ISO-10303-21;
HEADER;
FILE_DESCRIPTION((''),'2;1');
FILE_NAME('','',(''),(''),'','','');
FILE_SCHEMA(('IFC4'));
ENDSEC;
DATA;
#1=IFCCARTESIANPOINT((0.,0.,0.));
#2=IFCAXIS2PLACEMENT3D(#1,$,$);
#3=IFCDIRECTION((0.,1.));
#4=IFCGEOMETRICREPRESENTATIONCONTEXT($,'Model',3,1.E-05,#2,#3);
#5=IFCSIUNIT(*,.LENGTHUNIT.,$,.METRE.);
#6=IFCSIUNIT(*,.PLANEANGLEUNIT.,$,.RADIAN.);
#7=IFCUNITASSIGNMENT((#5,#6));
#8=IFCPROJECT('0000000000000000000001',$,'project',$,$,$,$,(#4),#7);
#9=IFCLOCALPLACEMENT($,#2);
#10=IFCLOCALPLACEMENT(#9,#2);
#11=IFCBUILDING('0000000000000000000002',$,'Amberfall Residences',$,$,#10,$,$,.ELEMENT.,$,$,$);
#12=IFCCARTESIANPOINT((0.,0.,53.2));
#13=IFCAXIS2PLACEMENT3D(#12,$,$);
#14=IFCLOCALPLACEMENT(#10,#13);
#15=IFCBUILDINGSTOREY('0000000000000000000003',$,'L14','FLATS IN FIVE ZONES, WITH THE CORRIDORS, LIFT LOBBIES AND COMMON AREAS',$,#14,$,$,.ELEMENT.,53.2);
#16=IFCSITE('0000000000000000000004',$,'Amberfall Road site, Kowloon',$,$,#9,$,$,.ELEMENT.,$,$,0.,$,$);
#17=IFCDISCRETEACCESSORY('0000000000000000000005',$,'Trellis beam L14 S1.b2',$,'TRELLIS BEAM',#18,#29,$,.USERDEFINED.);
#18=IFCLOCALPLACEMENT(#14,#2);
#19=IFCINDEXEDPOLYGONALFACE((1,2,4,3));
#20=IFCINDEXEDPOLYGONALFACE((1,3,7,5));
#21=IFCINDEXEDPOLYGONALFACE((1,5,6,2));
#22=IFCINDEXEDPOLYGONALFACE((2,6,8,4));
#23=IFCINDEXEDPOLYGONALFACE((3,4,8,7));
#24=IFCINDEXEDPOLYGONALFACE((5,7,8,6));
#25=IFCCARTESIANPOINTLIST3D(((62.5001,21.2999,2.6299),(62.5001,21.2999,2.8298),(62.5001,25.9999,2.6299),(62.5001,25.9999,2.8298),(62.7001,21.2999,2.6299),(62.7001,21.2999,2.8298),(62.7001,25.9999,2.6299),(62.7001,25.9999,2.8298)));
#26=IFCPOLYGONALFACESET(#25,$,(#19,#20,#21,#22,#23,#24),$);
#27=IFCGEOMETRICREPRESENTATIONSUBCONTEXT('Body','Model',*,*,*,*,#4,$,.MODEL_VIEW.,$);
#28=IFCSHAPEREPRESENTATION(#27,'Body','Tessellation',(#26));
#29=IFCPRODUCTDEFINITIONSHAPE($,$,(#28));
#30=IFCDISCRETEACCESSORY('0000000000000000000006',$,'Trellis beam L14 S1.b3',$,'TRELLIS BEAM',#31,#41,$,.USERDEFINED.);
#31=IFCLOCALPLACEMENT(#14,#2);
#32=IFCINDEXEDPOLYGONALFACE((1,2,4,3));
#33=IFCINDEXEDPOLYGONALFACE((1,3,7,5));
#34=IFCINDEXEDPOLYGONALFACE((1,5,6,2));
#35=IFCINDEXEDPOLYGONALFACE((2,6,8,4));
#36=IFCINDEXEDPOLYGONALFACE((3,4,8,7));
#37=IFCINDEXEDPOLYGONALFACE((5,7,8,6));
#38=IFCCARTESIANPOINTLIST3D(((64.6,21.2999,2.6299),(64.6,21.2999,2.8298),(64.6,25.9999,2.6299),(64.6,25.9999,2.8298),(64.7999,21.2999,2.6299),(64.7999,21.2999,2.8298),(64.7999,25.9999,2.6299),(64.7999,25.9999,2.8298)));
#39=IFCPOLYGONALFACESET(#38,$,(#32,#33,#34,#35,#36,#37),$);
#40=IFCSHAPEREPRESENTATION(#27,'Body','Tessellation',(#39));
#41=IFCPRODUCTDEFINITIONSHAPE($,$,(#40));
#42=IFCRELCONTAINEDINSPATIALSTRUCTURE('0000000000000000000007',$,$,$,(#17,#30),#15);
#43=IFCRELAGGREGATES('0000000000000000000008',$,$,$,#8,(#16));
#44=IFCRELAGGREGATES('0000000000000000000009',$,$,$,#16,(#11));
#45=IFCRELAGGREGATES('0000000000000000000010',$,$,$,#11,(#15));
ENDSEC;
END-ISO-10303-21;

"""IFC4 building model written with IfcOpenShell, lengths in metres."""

from ifc_helpers import new_model, si_unit, direction, frame, origin, origin_2d, place, context, subcontext, project, spatial, rectangle, extrude, element, save


model = new_model("IFC4")

# Units and contexts
model_context = context("Model", 3, precision=1e-05, world=origin(), true_north=direction((0.0, 1.0)))
body_context = subcontext(model_context, "Body", "Model", "MODEL_VIEW")
ifc_project = project(units=[si_unit("LENGTHUNIT", "METRE"), si_unit("PLANEANGLEUNIT", "RADIAN")], contexts=[model_context])

# Site, building, storey
site_placement = place(None, origin())
site = spatial("IfcSite", under=ifc_project, at=site_placement, Name="Amberfall Road site, Kowloon", CompositionType="ELEMENT", RefElevation=0.0)
building_placement = place(site_placement, origin())
building = spatial("IfcBuilding", under=site, at=building_placement, Name="Amberfall Residences", CompositionType="ELEMENT")
storey_placement = place(building_placement, frame((0.0, 0.0, 53.2)))
storey = spatial("IfcBuildingStorey", under=building, at=storey_placement, Name="L14", Description="FLATS IN FIVE ZONES, WITH THE CORRIDORS, LIFT LOBBIES AND COMMON AREAS", CompositionType="ELEMENT", Elevation=53.2)

# Discrete accessories
for number, where, z_axis, x_axis, name in (
    (1, (62.6001, 23.6499, 2.6299), (0.0, 0.0, 1.0), (0.0, 1.0, 0.0), "Trellis beam L14 S1.b2"),
    (2, (64.7, 23.6499, 2.6299), (0.0, 0.0, 1.0), (0.0, 1.0, 0.0), "Trellis beam L14 S1.b3"),
):
    element("IfcDiscreteAccessory", number, at=place(storey_placement, frame(where, z_axis=z_axis, x_axis=x_axis)), inside=storey, Name=name, ObjectType="TRELLIS BEAM", PredefinedType="USERDEFINED", context=body_context, shape_type="SweptSolid", body=[
        extrude(rectangle(XDim=4.7, YDim=0.2, at=origin_2d()), origin(), (0.0, 0.0, 1.0), 0.2),
    ])

save(model, "model.ifc")
